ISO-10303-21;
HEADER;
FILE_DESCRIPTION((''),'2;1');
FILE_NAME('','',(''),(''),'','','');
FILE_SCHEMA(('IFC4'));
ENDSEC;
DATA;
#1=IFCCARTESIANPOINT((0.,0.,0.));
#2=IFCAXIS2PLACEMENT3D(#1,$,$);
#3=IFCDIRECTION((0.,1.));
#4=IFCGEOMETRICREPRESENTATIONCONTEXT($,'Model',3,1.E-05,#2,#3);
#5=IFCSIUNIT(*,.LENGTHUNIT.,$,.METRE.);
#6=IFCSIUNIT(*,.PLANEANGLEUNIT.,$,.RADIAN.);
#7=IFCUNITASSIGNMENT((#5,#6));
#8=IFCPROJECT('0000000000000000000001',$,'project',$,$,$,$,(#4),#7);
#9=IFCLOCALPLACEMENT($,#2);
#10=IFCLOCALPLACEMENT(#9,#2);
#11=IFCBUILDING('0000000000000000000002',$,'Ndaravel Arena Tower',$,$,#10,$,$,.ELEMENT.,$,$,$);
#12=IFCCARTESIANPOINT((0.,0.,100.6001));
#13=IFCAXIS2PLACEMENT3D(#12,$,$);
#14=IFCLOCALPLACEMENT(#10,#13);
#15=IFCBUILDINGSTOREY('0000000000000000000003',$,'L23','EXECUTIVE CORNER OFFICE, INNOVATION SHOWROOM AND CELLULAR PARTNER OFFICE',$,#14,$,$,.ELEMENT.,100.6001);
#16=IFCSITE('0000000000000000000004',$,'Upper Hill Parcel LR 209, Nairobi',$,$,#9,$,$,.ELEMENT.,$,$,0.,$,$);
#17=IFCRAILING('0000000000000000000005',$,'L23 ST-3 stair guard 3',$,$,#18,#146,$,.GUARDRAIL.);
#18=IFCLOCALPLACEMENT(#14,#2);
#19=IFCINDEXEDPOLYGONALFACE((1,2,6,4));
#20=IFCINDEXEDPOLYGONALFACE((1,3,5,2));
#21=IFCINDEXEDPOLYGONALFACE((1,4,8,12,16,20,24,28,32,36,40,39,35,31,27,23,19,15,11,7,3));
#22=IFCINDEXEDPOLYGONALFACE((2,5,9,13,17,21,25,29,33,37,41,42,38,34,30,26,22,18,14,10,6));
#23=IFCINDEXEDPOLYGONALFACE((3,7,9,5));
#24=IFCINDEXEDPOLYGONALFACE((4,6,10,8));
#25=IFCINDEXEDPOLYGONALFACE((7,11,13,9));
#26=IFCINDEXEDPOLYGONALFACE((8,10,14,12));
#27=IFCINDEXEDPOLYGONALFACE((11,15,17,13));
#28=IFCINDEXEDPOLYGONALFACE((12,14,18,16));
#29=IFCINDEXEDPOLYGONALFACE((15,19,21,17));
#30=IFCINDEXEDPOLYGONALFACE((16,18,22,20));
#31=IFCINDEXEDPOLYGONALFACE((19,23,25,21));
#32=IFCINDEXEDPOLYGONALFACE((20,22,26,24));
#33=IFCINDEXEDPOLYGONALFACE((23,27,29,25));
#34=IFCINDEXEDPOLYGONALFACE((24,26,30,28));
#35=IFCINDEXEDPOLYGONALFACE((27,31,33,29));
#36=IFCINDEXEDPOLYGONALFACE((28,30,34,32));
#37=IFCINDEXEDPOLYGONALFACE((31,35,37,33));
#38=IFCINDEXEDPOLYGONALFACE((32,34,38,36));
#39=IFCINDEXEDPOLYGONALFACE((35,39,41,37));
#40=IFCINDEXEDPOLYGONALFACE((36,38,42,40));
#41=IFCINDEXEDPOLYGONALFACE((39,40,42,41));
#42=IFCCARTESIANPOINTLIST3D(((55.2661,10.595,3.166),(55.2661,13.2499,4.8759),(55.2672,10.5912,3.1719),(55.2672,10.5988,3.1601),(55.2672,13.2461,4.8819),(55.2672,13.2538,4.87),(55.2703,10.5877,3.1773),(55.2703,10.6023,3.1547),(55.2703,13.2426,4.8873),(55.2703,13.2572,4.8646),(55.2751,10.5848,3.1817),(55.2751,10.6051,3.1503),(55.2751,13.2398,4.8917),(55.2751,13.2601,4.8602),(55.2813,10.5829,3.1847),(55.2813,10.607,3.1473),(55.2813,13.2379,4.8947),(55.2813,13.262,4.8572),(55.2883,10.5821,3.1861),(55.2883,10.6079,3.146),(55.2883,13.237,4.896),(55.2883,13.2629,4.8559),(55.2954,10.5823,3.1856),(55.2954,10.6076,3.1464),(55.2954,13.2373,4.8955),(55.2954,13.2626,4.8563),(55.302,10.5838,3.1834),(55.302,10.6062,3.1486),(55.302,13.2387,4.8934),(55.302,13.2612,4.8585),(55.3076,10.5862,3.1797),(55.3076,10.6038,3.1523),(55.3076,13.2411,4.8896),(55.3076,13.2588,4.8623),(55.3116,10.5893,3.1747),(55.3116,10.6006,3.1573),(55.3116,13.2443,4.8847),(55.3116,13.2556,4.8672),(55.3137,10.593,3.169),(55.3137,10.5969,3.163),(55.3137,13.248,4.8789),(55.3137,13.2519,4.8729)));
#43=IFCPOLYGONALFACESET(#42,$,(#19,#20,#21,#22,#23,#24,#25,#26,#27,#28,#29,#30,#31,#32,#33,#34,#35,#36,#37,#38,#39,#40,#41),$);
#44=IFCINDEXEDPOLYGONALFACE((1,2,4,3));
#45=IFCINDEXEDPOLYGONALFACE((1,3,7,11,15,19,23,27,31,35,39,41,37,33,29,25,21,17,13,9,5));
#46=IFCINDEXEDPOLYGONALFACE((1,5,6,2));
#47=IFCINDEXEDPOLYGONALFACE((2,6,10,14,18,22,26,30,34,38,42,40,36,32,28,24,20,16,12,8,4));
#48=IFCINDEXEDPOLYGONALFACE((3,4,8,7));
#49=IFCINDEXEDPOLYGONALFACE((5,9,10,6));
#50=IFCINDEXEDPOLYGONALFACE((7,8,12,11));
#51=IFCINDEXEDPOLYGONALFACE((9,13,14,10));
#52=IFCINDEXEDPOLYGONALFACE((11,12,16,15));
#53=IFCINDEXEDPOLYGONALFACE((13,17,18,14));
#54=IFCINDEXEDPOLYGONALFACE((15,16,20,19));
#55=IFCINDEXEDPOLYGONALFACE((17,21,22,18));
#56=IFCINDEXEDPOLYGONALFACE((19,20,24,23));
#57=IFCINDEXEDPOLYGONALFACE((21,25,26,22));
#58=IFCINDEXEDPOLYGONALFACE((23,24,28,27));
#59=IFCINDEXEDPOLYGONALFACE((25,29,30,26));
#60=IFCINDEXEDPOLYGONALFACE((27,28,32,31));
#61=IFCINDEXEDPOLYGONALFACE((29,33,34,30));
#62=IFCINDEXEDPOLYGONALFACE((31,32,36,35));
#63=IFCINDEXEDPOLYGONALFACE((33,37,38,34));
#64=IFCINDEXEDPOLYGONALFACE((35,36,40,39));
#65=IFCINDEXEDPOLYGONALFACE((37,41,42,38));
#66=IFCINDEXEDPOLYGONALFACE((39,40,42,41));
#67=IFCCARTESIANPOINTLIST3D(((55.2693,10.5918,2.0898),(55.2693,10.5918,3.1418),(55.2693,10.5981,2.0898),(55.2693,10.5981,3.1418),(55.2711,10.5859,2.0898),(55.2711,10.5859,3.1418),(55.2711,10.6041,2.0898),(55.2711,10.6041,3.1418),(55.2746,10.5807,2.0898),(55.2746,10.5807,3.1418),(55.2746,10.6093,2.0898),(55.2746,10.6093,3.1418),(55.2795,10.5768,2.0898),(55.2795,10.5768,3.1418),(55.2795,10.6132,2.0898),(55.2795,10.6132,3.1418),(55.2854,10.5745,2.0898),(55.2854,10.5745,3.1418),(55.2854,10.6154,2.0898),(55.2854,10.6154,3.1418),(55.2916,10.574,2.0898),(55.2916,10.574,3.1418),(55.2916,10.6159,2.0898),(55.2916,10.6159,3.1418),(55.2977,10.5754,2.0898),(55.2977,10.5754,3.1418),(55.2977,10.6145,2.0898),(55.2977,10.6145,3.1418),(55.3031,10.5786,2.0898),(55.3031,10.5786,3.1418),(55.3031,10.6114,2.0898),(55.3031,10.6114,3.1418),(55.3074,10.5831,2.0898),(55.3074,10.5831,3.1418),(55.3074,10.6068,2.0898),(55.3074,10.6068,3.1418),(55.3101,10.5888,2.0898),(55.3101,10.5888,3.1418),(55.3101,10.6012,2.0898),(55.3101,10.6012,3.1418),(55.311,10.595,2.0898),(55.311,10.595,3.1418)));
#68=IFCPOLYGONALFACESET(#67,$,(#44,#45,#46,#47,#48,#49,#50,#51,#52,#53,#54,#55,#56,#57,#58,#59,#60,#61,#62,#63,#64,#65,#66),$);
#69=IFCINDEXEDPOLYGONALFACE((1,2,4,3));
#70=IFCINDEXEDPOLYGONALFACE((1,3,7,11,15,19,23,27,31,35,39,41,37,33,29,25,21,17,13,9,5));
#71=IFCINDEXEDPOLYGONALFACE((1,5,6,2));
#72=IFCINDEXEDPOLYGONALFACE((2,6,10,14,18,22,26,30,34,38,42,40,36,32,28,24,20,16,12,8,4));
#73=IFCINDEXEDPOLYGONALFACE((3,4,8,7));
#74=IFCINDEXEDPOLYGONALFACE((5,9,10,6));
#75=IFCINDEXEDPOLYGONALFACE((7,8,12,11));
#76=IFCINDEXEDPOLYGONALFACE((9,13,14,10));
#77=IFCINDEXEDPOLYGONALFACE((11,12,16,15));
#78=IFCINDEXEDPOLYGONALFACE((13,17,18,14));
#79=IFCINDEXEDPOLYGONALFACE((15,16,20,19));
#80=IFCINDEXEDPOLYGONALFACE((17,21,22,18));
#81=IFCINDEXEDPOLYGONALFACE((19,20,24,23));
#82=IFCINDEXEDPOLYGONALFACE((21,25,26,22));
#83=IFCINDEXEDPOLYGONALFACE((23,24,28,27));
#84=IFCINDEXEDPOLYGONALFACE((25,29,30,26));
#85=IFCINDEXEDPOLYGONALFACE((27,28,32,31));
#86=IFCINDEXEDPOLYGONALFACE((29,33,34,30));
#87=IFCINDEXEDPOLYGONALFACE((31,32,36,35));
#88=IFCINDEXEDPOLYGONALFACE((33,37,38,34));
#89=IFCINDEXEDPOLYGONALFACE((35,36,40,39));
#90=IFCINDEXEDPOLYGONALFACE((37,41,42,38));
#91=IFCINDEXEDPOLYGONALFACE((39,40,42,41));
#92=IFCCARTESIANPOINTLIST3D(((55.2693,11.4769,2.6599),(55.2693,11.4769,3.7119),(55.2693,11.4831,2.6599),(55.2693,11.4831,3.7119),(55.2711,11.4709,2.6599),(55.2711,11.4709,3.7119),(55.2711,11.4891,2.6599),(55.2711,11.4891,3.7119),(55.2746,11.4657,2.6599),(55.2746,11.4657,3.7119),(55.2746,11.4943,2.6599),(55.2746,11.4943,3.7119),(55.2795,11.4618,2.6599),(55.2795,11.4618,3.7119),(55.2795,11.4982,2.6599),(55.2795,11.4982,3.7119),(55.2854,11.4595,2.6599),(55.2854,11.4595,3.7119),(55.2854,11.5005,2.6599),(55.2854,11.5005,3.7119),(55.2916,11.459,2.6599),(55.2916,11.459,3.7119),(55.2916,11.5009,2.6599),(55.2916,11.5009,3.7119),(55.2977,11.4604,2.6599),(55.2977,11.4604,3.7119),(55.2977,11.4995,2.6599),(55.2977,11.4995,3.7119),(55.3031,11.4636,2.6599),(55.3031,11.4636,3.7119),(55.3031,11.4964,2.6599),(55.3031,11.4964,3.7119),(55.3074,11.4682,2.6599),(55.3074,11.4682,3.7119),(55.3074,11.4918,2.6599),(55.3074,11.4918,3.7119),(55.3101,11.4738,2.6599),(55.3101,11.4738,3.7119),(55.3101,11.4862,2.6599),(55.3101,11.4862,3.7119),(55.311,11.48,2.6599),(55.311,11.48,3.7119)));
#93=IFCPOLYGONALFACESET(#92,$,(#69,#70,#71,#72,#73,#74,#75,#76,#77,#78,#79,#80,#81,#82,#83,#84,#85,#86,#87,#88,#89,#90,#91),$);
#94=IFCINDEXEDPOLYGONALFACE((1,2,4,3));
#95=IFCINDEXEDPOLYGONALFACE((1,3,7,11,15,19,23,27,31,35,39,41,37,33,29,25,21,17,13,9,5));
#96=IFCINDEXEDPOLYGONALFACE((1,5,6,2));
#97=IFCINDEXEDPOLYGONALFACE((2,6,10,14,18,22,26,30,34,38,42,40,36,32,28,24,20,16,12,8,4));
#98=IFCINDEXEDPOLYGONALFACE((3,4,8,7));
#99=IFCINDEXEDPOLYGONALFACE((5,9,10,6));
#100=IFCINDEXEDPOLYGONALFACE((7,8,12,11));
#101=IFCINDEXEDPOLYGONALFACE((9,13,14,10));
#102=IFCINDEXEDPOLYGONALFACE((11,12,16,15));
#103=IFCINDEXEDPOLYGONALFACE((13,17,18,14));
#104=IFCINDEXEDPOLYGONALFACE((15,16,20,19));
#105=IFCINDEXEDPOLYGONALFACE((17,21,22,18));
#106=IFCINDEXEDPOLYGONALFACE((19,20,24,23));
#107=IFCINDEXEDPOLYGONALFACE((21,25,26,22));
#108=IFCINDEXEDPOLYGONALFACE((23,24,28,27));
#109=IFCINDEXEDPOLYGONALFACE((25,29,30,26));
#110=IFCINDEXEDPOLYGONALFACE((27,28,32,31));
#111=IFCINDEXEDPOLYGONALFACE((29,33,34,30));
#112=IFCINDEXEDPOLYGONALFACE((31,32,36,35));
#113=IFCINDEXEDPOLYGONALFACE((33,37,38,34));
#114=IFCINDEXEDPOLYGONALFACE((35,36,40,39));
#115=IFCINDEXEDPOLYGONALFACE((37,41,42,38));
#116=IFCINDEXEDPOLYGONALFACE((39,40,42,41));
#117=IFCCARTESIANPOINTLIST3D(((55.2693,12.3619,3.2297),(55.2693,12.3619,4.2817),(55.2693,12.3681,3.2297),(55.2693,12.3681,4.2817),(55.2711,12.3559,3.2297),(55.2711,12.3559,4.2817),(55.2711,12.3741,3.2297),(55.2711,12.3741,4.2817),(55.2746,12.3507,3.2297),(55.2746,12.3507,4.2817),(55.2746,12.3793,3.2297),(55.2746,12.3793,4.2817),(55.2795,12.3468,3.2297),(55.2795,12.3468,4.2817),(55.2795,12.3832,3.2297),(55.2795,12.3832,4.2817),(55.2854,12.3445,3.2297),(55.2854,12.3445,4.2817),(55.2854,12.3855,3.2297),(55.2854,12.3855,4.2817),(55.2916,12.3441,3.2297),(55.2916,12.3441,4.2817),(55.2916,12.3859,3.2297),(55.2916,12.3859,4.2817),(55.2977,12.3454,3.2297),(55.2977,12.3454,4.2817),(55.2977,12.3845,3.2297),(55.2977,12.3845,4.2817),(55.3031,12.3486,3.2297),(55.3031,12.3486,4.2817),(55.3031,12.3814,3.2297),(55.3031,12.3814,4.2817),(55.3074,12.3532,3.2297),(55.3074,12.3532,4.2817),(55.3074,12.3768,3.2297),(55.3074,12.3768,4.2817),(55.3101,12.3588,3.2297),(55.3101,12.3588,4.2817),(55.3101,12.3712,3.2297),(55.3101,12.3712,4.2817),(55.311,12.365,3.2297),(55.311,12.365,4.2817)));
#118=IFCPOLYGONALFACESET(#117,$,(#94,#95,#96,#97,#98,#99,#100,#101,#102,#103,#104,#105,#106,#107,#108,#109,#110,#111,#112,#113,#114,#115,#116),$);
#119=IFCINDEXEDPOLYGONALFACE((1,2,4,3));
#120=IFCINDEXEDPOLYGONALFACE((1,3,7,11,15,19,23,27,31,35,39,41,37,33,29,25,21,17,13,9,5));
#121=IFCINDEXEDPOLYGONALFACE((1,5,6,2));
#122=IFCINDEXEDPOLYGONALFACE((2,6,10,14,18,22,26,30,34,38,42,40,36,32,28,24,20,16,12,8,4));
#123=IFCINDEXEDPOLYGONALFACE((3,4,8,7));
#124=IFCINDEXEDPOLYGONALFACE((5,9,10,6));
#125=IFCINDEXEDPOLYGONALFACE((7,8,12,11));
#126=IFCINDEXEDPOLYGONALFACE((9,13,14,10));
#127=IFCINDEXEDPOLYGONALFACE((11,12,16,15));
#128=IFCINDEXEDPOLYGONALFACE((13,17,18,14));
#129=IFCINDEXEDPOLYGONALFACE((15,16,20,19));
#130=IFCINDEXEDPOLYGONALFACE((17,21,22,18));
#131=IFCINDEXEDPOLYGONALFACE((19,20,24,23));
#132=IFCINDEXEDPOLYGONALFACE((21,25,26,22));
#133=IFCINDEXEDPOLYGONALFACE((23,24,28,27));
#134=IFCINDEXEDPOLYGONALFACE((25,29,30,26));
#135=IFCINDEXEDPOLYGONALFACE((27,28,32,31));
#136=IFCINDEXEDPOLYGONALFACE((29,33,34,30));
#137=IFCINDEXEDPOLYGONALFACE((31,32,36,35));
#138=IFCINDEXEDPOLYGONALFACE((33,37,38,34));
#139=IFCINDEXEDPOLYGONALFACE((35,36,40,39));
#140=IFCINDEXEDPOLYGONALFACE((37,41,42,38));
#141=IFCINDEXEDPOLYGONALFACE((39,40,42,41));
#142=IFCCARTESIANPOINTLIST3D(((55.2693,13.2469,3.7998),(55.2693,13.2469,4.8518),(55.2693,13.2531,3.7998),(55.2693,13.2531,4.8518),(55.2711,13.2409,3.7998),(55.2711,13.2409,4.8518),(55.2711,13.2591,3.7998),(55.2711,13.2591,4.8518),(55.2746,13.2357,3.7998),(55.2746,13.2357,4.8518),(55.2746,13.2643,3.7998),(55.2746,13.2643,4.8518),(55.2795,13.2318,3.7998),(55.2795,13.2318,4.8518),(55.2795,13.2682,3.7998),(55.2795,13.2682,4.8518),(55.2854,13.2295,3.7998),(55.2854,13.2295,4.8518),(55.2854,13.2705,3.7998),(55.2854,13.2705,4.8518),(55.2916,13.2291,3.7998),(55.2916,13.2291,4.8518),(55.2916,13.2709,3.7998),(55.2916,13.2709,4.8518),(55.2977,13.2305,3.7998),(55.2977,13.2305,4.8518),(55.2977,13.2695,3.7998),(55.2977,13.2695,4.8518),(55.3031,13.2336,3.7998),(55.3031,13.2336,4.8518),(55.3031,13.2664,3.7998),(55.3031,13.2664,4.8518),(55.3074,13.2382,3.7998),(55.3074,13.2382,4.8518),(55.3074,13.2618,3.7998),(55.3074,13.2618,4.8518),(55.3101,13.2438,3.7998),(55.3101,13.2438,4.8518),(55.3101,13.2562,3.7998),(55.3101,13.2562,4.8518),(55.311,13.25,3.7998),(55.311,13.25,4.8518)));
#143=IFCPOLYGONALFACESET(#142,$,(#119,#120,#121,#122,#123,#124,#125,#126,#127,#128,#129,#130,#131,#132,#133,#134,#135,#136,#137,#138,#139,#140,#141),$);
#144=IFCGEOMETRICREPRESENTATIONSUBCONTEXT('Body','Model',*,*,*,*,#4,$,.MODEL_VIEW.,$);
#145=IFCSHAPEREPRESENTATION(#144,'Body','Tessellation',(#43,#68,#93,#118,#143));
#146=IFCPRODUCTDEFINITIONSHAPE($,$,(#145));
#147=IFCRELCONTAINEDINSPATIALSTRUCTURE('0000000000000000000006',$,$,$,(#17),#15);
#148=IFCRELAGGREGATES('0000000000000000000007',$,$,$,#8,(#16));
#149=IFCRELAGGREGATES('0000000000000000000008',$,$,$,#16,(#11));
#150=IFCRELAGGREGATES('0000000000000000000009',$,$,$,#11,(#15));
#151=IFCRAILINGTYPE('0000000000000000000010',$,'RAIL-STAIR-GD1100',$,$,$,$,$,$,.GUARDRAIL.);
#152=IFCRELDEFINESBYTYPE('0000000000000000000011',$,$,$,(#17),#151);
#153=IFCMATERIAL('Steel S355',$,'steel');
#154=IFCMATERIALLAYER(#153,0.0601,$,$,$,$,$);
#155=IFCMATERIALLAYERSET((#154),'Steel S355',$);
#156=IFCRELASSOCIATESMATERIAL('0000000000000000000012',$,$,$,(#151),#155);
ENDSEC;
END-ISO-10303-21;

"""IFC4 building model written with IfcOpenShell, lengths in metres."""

from ifc_helpers import new_model, si_unit, direction, frame, origin, origin_2d, place, context, subcontext, project, spatial, circle, extrude, material, layer, layer_set, type_object, element, save


model = new_model("IFC4")

# Units and contexts
model_context = context("Model", 3, precision=1e-05, world=origin(), true_north=direction((0.0, 1.0)))
body_context = subcontext(model_context, "Body", "Model", "MODEL_VIEW")
ifc_project = project(units=[si_unit("LENGTHUNIT", "METRE"), si_unit("PLANEANGLEUNIT", "RADIAN")], contexts=[model_context])

# Site, building, storey
site_placement = place(None, origin())
site = spatial("IfcSite", under=ifc_project, at=site_placement, Name="Upper Hill Parcel LR 209, Nairobi", CompositionType="ELEMENT", RefElevation=0.0)
building_placement = place(site_placement, origin())
building = spatial("IfcBuilding", under=site, at=building_placement, Name="Ndaravel Arena Tower", CompositionType="ELEMENT")
storey_placement = place(building_placement, frame((0.0, 0.0, 100.6001)))
storey = spatial("IfcBuildingStorey", under=building, at=storey_placement, Name="L23", Description="EXECUTIVE CORNER OFFICE, INNOVATION SHOWROOM AND CELLULAR PARTNER OFFICE", CompositionType="ELEMENT", Elevation=100.6001)

# Railing
ifc_material_1 = material(Name="Steel S355", Category="steel")
ifc_layer_1 = layer(ifc_material_1, 0.0601)
ifc_layer_set_1 = layer_set([ifc_layer_1], Name="Steel S355")
railing_type_1 = type_object("IfcRailingType", Name="RAIL-STAIR-GD1100", PredefinedType="GUARDRAIL", material=ifc_layer_set_1)
railing_1_placement = place(storey_placement, frame((55.29, 10.595, 2.0898)))
element("IfcRailing", 1, at=railing_1_placement, inside=storey, type_object=railing_type_1, Name="L23 ST-3 stair guard 3", PredefinedType="GUARDRAIL", context=body_context, shape_type="SweptSolid", body=[
    extrude(circle(Radius=0.0239, at=origin_2d()), frame((0.0, 0.0, 1.0762), z_axis=(0.0, 0.840724, 0.541465), x_axis=(-1.0, 0.0, 0.0)), (0.0, 0.0, 1.0), 3.158),
    extrude(circle(Radius=0.021, at=origin_2d()), origin(), (0.0, 0.0, 1.0), 1.052),
    extrude(circle(Radius=0.021, at=origin_2d()), frame((0.0, 0.885, 0.5701)), (0.0, 0.0, 1.0), 1.052),
    extrude(circle(Radius=0.021, at=origin_2d()), frame((0.0, 1.77, 1.1399)), (0.0, 0.0, 1.0), 1.052),
    extrude(circle(Radius=0.021, at=origin_2d()), frame((0.0, 2.655, 1.71)), (0.0, 0.0, 1.0), 1.052),
])

save(model, "model.ifc")
